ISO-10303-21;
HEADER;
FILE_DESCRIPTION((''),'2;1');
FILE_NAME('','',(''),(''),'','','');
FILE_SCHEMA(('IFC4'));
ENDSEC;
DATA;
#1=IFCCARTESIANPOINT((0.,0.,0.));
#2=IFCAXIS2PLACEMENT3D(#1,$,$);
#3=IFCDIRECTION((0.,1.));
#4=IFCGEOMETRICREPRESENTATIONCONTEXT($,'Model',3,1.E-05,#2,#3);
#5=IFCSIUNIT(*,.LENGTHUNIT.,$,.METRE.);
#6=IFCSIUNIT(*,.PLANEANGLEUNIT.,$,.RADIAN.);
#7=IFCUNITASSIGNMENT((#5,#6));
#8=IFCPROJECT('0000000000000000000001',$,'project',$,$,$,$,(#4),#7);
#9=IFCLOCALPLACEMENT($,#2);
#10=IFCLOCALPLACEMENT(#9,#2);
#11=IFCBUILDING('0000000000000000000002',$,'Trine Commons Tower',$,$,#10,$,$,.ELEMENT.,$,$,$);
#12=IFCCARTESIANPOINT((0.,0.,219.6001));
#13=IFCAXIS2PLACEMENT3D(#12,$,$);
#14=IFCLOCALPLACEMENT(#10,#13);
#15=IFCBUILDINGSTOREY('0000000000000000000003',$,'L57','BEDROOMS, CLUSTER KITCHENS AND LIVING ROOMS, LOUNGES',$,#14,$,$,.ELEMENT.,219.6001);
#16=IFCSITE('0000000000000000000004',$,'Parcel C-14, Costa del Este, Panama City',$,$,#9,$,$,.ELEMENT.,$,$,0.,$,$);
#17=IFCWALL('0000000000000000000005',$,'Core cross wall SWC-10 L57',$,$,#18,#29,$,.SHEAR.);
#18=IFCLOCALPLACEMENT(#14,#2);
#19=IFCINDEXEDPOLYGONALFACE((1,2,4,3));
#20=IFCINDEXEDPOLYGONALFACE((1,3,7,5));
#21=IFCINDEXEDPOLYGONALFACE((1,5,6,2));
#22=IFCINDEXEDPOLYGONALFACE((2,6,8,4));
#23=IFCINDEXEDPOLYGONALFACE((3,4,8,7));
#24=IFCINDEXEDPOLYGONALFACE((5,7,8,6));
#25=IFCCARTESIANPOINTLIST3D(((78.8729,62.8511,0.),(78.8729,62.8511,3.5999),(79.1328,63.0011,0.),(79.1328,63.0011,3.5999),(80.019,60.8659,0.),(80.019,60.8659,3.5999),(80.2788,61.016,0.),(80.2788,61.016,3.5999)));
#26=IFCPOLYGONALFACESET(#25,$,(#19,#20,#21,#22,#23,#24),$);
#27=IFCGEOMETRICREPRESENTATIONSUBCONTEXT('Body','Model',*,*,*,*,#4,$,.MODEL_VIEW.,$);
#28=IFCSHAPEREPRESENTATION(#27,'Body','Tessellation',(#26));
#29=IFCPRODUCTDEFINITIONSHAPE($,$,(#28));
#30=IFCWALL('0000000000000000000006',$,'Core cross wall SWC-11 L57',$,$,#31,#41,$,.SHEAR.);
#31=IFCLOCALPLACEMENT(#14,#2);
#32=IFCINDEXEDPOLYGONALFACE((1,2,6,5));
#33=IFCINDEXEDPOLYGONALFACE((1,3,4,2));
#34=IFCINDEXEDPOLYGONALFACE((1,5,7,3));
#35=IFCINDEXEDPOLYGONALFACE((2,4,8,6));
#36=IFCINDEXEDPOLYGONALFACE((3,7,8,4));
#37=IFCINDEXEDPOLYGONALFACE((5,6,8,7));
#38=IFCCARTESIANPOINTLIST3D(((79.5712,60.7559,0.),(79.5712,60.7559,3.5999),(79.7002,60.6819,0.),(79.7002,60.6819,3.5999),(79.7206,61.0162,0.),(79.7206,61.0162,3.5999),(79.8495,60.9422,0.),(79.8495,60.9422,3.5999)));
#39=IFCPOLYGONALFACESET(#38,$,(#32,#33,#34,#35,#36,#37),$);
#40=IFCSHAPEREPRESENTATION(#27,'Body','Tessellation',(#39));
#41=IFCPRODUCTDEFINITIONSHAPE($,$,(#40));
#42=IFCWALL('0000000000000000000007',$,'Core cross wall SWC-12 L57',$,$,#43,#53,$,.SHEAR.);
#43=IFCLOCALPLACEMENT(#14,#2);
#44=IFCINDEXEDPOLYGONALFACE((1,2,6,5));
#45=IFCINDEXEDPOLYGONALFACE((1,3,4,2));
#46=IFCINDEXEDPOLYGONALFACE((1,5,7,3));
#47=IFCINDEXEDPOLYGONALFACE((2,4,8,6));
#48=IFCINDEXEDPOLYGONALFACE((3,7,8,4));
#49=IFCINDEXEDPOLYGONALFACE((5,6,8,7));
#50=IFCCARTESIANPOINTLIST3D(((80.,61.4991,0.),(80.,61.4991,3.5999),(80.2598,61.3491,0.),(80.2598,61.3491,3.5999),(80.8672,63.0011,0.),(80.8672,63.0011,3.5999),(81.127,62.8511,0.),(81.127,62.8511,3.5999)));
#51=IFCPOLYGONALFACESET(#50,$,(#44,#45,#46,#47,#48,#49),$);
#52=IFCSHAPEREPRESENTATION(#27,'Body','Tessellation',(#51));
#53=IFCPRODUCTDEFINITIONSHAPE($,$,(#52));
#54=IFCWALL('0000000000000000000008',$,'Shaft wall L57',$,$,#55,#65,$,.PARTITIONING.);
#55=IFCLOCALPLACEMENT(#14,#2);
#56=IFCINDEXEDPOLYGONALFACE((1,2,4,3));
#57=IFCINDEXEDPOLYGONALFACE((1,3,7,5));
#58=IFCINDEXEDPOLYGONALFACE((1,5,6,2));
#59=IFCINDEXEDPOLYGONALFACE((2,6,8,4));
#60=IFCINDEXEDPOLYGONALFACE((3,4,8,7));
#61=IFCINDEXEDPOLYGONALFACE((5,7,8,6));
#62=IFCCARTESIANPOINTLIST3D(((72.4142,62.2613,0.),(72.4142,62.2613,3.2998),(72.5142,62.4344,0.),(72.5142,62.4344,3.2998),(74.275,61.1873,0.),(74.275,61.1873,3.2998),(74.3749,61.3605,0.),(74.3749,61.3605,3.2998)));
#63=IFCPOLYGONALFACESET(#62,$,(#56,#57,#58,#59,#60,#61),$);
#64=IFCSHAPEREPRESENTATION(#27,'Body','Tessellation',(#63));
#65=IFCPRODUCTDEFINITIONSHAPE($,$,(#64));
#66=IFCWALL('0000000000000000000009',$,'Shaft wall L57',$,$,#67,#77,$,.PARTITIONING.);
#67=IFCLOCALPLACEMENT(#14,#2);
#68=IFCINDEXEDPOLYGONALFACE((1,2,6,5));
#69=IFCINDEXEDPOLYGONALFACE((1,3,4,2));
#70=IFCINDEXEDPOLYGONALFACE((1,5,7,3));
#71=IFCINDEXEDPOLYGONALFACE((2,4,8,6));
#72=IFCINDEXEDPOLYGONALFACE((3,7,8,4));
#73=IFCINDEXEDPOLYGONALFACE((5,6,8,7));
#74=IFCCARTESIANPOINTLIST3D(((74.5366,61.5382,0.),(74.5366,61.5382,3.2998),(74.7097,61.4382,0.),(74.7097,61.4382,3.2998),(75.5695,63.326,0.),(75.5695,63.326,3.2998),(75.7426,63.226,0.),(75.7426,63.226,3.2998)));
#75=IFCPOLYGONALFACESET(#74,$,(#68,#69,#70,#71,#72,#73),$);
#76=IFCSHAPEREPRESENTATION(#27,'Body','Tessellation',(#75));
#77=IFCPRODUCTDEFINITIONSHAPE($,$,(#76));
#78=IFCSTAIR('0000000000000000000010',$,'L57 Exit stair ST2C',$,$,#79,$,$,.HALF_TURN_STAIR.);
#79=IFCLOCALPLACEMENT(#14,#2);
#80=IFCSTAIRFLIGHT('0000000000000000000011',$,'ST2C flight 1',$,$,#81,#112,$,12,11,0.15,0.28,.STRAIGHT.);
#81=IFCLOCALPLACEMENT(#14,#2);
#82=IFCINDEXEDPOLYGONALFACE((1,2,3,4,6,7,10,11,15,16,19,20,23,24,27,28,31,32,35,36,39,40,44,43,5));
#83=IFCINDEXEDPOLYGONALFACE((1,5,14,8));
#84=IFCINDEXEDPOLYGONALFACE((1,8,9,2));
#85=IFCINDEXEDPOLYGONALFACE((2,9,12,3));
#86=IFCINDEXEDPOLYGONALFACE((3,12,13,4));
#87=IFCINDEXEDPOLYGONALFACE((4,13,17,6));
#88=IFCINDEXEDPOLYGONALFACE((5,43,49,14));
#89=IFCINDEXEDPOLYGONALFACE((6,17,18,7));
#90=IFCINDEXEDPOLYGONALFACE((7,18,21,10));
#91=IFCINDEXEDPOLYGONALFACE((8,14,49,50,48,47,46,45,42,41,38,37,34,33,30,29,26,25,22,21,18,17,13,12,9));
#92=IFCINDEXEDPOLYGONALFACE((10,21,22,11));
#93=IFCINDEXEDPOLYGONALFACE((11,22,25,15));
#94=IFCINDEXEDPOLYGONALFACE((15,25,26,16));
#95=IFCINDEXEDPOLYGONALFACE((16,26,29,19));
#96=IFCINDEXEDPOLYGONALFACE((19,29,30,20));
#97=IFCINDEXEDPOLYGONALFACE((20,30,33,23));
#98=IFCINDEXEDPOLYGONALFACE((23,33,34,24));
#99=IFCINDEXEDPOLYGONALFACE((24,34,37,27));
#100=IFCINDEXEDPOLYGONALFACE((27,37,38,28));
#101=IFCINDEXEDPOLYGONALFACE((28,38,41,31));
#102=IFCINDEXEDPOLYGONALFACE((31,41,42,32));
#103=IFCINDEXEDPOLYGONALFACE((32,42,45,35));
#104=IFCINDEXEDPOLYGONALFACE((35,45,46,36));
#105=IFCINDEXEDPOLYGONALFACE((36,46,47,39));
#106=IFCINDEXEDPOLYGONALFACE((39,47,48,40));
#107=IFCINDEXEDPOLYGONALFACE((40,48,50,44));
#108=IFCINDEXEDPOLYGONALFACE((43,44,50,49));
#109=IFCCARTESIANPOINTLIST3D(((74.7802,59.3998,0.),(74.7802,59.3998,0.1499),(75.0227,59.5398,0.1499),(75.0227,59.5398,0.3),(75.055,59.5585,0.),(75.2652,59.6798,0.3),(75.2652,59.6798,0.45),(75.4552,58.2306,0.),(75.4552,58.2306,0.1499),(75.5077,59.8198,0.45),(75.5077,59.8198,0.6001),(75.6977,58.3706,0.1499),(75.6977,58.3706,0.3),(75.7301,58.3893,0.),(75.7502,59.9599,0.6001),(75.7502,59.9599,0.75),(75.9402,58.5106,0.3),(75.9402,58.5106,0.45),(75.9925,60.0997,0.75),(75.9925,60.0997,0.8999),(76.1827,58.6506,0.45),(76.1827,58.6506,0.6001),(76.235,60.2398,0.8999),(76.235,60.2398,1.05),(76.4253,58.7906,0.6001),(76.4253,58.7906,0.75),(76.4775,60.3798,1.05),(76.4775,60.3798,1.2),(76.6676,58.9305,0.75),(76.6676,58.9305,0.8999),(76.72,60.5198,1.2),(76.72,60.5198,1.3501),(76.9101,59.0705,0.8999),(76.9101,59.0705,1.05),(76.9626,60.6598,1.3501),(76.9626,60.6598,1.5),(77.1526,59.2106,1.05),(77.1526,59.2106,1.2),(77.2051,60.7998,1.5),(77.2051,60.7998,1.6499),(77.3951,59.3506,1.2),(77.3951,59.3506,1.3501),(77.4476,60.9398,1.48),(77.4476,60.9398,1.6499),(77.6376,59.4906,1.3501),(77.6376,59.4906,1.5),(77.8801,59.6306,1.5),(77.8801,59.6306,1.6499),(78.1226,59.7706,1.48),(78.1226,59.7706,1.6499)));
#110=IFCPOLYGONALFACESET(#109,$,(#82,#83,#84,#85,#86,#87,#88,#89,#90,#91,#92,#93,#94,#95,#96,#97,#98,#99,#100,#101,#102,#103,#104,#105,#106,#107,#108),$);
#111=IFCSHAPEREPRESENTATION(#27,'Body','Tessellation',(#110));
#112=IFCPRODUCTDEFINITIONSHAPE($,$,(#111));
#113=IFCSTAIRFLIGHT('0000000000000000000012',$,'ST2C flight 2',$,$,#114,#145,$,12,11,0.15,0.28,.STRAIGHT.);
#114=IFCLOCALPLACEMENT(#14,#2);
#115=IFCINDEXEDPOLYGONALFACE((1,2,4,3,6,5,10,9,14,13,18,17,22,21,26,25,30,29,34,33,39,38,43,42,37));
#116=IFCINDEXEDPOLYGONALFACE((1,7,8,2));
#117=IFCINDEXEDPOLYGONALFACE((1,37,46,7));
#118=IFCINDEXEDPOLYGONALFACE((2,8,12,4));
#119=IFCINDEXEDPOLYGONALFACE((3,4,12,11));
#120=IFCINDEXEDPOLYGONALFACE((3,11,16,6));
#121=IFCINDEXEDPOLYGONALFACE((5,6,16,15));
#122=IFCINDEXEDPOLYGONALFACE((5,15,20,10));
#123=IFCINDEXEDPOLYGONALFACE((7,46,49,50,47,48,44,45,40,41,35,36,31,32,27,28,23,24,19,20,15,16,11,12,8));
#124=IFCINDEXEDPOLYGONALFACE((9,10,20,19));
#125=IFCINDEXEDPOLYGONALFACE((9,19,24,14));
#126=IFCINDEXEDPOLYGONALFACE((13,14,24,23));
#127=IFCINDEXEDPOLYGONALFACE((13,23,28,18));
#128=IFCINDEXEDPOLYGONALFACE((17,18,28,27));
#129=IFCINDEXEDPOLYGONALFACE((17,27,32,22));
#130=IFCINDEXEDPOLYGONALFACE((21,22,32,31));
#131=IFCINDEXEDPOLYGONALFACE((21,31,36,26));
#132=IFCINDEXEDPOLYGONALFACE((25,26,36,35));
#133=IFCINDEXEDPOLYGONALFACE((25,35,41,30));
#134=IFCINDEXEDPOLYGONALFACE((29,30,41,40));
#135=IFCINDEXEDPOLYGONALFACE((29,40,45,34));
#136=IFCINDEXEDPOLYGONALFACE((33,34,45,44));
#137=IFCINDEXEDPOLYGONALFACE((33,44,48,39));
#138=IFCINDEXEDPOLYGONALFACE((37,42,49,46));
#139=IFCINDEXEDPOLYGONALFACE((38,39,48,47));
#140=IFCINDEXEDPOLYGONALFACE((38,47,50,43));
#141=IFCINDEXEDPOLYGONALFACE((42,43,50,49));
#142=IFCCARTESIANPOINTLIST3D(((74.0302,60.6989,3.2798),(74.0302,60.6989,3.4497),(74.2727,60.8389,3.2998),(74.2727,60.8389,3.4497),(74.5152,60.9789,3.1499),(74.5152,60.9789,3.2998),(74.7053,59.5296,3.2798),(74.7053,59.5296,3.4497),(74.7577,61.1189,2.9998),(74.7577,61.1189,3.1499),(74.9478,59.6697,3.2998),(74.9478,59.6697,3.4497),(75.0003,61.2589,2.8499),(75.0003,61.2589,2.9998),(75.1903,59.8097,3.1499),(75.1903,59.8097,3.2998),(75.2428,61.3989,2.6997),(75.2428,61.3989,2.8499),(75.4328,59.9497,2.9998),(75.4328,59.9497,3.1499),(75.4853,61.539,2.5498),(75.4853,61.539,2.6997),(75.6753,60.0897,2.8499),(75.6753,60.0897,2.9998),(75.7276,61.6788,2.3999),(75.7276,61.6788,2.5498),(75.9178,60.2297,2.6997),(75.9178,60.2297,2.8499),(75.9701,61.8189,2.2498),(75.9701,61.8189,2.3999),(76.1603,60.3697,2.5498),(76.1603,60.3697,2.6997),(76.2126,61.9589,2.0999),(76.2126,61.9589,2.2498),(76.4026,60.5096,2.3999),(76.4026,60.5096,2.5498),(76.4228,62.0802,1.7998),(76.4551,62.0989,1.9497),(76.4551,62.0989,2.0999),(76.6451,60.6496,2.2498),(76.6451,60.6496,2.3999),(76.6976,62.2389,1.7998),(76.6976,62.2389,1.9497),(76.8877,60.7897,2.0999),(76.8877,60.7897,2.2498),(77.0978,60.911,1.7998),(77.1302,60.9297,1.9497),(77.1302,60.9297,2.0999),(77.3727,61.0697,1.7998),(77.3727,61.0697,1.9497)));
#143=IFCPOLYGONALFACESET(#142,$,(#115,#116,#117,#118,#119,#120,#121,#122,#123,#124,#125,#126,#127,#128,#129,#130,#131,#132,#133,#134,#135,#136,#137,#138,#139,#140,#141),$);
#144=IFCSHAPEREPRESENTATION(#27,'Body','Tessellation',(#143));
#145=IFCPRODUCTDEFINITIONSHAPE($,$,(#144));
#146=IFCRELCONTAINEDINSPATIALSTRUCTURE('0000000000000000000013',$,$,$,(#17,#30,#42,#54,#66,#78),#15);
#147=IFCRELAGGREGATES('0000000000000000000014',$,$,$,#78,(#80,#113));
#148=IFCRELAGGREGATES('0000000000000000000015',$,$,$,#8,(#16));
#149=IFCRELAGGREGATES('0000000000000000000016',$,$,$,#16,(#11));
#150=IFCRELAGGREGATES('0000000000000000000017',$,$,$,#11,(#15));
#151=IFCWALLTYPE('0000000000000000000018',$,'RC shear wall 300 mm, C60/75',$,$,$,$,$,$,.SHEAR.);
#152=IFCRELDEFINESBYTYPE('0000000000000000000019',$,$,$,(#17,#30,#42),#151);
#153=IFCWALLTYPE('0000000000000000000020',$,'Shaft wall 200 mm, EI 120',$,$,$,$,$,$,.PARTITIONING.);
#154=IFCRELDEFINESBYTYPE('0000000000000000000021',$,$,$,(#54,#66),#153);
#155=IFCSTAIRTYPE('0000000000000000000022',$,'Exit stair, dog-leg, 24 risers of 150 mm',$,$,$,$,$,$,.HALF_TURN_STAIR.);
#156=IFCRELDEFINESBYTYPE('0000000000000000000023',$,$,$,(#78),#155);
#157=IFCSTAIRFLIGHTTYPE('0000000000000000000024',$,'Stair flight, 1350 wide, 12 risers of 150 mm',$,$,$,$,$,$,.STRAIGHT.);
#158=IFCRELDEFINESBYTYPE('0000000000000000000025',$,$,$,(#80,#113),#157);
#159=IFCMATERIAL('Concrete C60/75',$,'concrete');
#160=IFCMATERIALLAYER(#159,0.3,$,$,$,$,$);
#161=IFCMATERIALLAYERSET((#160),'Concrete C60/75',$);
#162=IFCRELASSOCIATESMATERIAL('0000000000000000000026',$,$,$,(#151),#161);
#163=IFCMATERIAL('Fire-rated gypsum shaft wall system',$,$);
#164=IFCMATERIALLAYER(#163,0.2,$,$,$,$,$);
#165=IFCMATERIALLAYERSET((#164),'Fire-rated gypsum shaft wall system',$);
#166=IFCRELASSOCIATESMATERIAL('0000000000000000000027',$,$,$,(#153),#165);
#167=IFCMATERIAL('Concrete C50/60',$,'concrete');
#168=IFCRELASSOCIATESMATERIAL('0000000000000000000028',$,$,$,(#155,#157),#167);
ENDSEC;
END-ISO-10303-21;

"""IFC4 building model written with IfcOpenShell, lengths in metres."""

from ifc_helpers import new_model, si_unit, direction, frame, frame_2d, origin, place, context, subcontext, project, spatial, polyline, rectangle, outline, extrude, material, layer, layer_set, type_object, element, aggregate, save


model = new_model("IFC4")

# Units and contexts
model_context = context("Model", 3, precision=1e-05, world=origin(), true_north=direction((0.0, 1.0)))
body_context = subcontext(model_context, "Body", "Model", "MODEL_VIEW")
ifc_project = project(units=[si_unit("LENGTHUNIT", "METRE"), si_unit("PLANEANGLEUNIT", "RADIAN")], contexts=[model_context])

# Site, building, storey
site_placement = place(None, origin())
site = spatial("IfcSite", under=ifc_project, at=site_placement, Name="Parcel C-14, Costa del Este, Panama City", CompositionType="ELEMENT", RefElevation=0.0)
building_placement = place(site_placement, origin())
building = spatial("IfcBuilding", under=site, at=building_placement, Name="Trine Commons Tower", CompositionType="ELEMENT")
storey_placement = place(building_placement, frame((0.0, 0.0, 219.6001)))
storey = spatial("IfcBuildingStorey", under=building, at=storey_placement, Name="L57", Description="BEDROOMS, CLUSTER KITCHENS AND LIVING ROOMS, LOUNGES", CompositionType="ELEMENT", Elevation=219.6001)

# Shared definitions
ifc_material_1 = material(Name="Fire-rated gypsum shaft wall system")
ifc_material_2 = material(Name="Concrete C60/75", Category="concrete")
ifc_layer_1 = layer(ifc_material_2, 0.3)
ifc_layer_set_1 = layer_set([ifc_layer_1], Name="Concrete C60/75")
wall_type_1 = type_object("IfcWallType", Name="RC shear wall 300 mm, C60/75", PredefinedType="SHEAR", material=ifc_layer_set_1)

# Walls
wall_1_placement = place(storey_placement, frame((79.0029, 62.926, 0.0), z_axis=(0.0, 0.0, 1.0), x_axis=(0.499965, -0.866045, 0.0)))
element("IfcWall", 1, at=wall_1_placement, inside=storey, type_object=wall_type_1, Name="Core cross wall SWC-10 L57", PredefinedType="SHEAR", context=body_context, shape_type="SweptSolid", body=[
    extrude(rectangle(XDim=2.2922, YDim=0.3, at=frame_2d((1.146, 0.0))), origin(), (0.0, 0.0, 1.0), 3.5999),
])
wall_2_placement = place(storey_placement, frame((79.646, 60.886, 0.0), z_axis=(0.0, 0.0, 1.0), x_axis=(0.867332, -0.49773, 0.0)))
element("IfcWall", 2, at=wall_2_placement, inside=storey, type_object=wall_type_1, Name="Core cross wall SWC-11 L57", PredefinedType="SHEAR", context=body_context, shape_type="SweptSolid", body=[
    extrude(rectangle(XDim=0.1487, YDim=0.3, at=frame_2d((0.0742, 0.0))), origin(), (0.0, 0.0, 1.0), 3.5999),
])
wall_3_placement = place(storey_placement, frame((80.1299, 61.4241, 0.0), z_axis=(0.0, 0.0, 1.0), x_axis=(0.500015, 0.866017, 0.0)))
element("IfcWall", 3, at=wall_3_placement, inside=storey, type_object=wall_type_1, Name="Core cross wall SWC-12 L57", PredefinedType="SHEAR", context=body_context, shape_type="SweptSolid", body=[
    extrude(rectangle(XDim=1.7344, YDim=0.3, at=frame_2d((0.8672, 0.0))), origin(), (0.0, 0.0, 1.0), 3.5999),
])
ifc_layer_2 = layer(ifc_material_1, 0.2)
ifc_layer_set_2 = layer_set([ifc_layer_2], Name="Fire-rated gypsum shaft wall system")
wall_type_2 = type_object("IfcWallType", Name="Shaft wall 200 mm, EI 120", PredefinedType="PARTITIONING", material=ifc_layer_set_2)
wall_4_placement = place(storey_placement, frame((74.325, 61.2739, 0.0), z_axis=(0.0, 0.0, 1.0), x_axis=(-0.866102, 0.499867, 0.0)))
element("IfcWall", 4, at=wall_4_placement, inside=storey, type_object=wall_type_2, Name="Shaft wall L57", PredefinedType="PARTITIONING", context=body_context, shape_type="SweptSolid", body=[
    extrude(rectangle(XDim=2.1484, YDim=0.2, at=frame_2d((1.0742, 0.0))), origin(), (0.0, 0.0, 1.0), 3.2998),
])
wall_5_placement = place(storey_placement, frame((75.656, 63.2759, 0.0), z_axis=(0.0, 0.0, 1.0), x_axis=(-0.500272, -0.865868, 0.0)))
element("IfcWall", 5, at=wall_5_placement, inside=storey, type_object=wall_type_2, Name="Shaft wall L57", PredefinedType="PARTITIONING", context=body_context, shape_type="SweptSolid", body=[
    extrude(rectangle(XDim=2.0647, YDim=0.2, at=frame_2d((1.0322, 0.0))), origin(), (0.0, 0.0, 1.0), 3.2998),
])

# Stair, stair flights
ifc_material_3 = material(Name="Concrete C50/60", Category="concrete")
stair_type = type_object("IfcStairType", Name="Exit stair, dog-leg, 24 risers of 150 mm", PredefinedType="HALF_TURN_STAIR", material=ifc_material_3)
stair_placement = place(storey_placement, origin())
stair = element("IfcStair", 6, at=stair_placement, inside=storey, type_object=stair_type, Name="L57 Exit stair ST2C", PredefinedType="HALF_TURN_STAIR")
stair_flight_type = type_object("IfcStairFlightType", Name="Stair flight, 1350 wide, 12 risers of 150 mm", PredefinedType="STRAIGHT", material=ifc_material_3)
stair_flight_1_placement = place(storey_placement, frame((75.1177, 58.8152, 0.0), z_axis=(0.0, 0.0, 1.0), x_axis=(0.866025, 0.5, 0.0)))
stair_flight_1 = element("IfcStairFlight", 7, at=stair_flight_1_placement, type_object=stair_flight_type, Name="ST2C flight 1", NumberOfRisers=12, NumberOfTreads=11, PredefinedType="STRAIGHT", RiserHeight=0.15, TreadLength=0.28, context=body_context, shape_type="SweptSolid", body=[
    extrude(outline(polyline([(0.0, 0.0), (0.0, 0.1499), (0.28, 0.1499), (0.28, 0.3), (0.5601, 0.3), (0.5601, 0.45), (0.8401, 0.45), (0.8401, 0.6001), (1.1201, 0.6001), (1.1201, 0.75), (1.3999, 0.75), (1.3999, 0.8999), (1.6799, 0.8999), (1.6799, 1.05), (1.96, 1.05), (1.96, 1.2), (2.24, 1.2), (2.24, 1.3501), (2.52, 1.3501), (2.52, 1.5), (2.8, 1.5), (2.8, 1.6499), (3.0801, 1.6499), (3.0801, 1.8), (3.0801, 1.48), (0.3174, 0.0), (0.0, 0.0)])), frame((0.0, 0.675, 0.0), z_axis=(0.0, -1.0, 0.0), x_axis=(1.0, 0.0, 0.0)), (0.0, 0.0, 1.0), 1.3501),
])
stair_flight_2_placement = place(storey_placement, frame((77.0352, 61.6543, 1.7998), z_axis=(0.0, 0.0, 1.0), x_axis=(-0.866025, -0.5, 0.0)))
stair_flight_2 = element("IfcStairFlight", 8, at=stair_flight_2_placement, type_object=stair_flight_type, Name="ST2C flight 2", NumberOfRisers=12, NumberOfTreads=11, PredefinedType="STRAIGHT", RiserHeight=0.15, TreadLength=0.28, context=body_context, shape_type="SweptSolid", body=[
    extrude(outline(polyline([(0.0, 0.0), (0.0, 0.1499), (0.28, 0.1499), (0.28, 0.3), (0.5601, 0.3), (0.5601, 0.45), (0.8401, 0.45), (0.8401, 0.6001), (1.1201, 0.6001), (1.1201, 0.75), (1.3999, 0.75), (1.3999, 0.8999), (1.6799, 0.8999), (1.6799, 1.05), (1.96, 1.05), (1.96, 1.2), (2.24, 1.2), (2.24, 1.3501), (2.52, 1.3501), (2.52, 1.5), (2.8, 1.5), (2.8, 1.6499), (3.0801, 1.6499), (3.0801, 1.8), (3.0801, 1.48), (0.3174, 0.0), (0.0, 0.0)])), frame((0.0, 0.675, 0.0), z_axis=(0.0, -1.0, 0.0), x_axis=(1.0, 0.0, 0.0)), (0.0, 0.0, 1.0), 1.3501),
])
aggregate(stair, [stair_flight_1, stair_flight_2])

save(model, "model.ifc")
